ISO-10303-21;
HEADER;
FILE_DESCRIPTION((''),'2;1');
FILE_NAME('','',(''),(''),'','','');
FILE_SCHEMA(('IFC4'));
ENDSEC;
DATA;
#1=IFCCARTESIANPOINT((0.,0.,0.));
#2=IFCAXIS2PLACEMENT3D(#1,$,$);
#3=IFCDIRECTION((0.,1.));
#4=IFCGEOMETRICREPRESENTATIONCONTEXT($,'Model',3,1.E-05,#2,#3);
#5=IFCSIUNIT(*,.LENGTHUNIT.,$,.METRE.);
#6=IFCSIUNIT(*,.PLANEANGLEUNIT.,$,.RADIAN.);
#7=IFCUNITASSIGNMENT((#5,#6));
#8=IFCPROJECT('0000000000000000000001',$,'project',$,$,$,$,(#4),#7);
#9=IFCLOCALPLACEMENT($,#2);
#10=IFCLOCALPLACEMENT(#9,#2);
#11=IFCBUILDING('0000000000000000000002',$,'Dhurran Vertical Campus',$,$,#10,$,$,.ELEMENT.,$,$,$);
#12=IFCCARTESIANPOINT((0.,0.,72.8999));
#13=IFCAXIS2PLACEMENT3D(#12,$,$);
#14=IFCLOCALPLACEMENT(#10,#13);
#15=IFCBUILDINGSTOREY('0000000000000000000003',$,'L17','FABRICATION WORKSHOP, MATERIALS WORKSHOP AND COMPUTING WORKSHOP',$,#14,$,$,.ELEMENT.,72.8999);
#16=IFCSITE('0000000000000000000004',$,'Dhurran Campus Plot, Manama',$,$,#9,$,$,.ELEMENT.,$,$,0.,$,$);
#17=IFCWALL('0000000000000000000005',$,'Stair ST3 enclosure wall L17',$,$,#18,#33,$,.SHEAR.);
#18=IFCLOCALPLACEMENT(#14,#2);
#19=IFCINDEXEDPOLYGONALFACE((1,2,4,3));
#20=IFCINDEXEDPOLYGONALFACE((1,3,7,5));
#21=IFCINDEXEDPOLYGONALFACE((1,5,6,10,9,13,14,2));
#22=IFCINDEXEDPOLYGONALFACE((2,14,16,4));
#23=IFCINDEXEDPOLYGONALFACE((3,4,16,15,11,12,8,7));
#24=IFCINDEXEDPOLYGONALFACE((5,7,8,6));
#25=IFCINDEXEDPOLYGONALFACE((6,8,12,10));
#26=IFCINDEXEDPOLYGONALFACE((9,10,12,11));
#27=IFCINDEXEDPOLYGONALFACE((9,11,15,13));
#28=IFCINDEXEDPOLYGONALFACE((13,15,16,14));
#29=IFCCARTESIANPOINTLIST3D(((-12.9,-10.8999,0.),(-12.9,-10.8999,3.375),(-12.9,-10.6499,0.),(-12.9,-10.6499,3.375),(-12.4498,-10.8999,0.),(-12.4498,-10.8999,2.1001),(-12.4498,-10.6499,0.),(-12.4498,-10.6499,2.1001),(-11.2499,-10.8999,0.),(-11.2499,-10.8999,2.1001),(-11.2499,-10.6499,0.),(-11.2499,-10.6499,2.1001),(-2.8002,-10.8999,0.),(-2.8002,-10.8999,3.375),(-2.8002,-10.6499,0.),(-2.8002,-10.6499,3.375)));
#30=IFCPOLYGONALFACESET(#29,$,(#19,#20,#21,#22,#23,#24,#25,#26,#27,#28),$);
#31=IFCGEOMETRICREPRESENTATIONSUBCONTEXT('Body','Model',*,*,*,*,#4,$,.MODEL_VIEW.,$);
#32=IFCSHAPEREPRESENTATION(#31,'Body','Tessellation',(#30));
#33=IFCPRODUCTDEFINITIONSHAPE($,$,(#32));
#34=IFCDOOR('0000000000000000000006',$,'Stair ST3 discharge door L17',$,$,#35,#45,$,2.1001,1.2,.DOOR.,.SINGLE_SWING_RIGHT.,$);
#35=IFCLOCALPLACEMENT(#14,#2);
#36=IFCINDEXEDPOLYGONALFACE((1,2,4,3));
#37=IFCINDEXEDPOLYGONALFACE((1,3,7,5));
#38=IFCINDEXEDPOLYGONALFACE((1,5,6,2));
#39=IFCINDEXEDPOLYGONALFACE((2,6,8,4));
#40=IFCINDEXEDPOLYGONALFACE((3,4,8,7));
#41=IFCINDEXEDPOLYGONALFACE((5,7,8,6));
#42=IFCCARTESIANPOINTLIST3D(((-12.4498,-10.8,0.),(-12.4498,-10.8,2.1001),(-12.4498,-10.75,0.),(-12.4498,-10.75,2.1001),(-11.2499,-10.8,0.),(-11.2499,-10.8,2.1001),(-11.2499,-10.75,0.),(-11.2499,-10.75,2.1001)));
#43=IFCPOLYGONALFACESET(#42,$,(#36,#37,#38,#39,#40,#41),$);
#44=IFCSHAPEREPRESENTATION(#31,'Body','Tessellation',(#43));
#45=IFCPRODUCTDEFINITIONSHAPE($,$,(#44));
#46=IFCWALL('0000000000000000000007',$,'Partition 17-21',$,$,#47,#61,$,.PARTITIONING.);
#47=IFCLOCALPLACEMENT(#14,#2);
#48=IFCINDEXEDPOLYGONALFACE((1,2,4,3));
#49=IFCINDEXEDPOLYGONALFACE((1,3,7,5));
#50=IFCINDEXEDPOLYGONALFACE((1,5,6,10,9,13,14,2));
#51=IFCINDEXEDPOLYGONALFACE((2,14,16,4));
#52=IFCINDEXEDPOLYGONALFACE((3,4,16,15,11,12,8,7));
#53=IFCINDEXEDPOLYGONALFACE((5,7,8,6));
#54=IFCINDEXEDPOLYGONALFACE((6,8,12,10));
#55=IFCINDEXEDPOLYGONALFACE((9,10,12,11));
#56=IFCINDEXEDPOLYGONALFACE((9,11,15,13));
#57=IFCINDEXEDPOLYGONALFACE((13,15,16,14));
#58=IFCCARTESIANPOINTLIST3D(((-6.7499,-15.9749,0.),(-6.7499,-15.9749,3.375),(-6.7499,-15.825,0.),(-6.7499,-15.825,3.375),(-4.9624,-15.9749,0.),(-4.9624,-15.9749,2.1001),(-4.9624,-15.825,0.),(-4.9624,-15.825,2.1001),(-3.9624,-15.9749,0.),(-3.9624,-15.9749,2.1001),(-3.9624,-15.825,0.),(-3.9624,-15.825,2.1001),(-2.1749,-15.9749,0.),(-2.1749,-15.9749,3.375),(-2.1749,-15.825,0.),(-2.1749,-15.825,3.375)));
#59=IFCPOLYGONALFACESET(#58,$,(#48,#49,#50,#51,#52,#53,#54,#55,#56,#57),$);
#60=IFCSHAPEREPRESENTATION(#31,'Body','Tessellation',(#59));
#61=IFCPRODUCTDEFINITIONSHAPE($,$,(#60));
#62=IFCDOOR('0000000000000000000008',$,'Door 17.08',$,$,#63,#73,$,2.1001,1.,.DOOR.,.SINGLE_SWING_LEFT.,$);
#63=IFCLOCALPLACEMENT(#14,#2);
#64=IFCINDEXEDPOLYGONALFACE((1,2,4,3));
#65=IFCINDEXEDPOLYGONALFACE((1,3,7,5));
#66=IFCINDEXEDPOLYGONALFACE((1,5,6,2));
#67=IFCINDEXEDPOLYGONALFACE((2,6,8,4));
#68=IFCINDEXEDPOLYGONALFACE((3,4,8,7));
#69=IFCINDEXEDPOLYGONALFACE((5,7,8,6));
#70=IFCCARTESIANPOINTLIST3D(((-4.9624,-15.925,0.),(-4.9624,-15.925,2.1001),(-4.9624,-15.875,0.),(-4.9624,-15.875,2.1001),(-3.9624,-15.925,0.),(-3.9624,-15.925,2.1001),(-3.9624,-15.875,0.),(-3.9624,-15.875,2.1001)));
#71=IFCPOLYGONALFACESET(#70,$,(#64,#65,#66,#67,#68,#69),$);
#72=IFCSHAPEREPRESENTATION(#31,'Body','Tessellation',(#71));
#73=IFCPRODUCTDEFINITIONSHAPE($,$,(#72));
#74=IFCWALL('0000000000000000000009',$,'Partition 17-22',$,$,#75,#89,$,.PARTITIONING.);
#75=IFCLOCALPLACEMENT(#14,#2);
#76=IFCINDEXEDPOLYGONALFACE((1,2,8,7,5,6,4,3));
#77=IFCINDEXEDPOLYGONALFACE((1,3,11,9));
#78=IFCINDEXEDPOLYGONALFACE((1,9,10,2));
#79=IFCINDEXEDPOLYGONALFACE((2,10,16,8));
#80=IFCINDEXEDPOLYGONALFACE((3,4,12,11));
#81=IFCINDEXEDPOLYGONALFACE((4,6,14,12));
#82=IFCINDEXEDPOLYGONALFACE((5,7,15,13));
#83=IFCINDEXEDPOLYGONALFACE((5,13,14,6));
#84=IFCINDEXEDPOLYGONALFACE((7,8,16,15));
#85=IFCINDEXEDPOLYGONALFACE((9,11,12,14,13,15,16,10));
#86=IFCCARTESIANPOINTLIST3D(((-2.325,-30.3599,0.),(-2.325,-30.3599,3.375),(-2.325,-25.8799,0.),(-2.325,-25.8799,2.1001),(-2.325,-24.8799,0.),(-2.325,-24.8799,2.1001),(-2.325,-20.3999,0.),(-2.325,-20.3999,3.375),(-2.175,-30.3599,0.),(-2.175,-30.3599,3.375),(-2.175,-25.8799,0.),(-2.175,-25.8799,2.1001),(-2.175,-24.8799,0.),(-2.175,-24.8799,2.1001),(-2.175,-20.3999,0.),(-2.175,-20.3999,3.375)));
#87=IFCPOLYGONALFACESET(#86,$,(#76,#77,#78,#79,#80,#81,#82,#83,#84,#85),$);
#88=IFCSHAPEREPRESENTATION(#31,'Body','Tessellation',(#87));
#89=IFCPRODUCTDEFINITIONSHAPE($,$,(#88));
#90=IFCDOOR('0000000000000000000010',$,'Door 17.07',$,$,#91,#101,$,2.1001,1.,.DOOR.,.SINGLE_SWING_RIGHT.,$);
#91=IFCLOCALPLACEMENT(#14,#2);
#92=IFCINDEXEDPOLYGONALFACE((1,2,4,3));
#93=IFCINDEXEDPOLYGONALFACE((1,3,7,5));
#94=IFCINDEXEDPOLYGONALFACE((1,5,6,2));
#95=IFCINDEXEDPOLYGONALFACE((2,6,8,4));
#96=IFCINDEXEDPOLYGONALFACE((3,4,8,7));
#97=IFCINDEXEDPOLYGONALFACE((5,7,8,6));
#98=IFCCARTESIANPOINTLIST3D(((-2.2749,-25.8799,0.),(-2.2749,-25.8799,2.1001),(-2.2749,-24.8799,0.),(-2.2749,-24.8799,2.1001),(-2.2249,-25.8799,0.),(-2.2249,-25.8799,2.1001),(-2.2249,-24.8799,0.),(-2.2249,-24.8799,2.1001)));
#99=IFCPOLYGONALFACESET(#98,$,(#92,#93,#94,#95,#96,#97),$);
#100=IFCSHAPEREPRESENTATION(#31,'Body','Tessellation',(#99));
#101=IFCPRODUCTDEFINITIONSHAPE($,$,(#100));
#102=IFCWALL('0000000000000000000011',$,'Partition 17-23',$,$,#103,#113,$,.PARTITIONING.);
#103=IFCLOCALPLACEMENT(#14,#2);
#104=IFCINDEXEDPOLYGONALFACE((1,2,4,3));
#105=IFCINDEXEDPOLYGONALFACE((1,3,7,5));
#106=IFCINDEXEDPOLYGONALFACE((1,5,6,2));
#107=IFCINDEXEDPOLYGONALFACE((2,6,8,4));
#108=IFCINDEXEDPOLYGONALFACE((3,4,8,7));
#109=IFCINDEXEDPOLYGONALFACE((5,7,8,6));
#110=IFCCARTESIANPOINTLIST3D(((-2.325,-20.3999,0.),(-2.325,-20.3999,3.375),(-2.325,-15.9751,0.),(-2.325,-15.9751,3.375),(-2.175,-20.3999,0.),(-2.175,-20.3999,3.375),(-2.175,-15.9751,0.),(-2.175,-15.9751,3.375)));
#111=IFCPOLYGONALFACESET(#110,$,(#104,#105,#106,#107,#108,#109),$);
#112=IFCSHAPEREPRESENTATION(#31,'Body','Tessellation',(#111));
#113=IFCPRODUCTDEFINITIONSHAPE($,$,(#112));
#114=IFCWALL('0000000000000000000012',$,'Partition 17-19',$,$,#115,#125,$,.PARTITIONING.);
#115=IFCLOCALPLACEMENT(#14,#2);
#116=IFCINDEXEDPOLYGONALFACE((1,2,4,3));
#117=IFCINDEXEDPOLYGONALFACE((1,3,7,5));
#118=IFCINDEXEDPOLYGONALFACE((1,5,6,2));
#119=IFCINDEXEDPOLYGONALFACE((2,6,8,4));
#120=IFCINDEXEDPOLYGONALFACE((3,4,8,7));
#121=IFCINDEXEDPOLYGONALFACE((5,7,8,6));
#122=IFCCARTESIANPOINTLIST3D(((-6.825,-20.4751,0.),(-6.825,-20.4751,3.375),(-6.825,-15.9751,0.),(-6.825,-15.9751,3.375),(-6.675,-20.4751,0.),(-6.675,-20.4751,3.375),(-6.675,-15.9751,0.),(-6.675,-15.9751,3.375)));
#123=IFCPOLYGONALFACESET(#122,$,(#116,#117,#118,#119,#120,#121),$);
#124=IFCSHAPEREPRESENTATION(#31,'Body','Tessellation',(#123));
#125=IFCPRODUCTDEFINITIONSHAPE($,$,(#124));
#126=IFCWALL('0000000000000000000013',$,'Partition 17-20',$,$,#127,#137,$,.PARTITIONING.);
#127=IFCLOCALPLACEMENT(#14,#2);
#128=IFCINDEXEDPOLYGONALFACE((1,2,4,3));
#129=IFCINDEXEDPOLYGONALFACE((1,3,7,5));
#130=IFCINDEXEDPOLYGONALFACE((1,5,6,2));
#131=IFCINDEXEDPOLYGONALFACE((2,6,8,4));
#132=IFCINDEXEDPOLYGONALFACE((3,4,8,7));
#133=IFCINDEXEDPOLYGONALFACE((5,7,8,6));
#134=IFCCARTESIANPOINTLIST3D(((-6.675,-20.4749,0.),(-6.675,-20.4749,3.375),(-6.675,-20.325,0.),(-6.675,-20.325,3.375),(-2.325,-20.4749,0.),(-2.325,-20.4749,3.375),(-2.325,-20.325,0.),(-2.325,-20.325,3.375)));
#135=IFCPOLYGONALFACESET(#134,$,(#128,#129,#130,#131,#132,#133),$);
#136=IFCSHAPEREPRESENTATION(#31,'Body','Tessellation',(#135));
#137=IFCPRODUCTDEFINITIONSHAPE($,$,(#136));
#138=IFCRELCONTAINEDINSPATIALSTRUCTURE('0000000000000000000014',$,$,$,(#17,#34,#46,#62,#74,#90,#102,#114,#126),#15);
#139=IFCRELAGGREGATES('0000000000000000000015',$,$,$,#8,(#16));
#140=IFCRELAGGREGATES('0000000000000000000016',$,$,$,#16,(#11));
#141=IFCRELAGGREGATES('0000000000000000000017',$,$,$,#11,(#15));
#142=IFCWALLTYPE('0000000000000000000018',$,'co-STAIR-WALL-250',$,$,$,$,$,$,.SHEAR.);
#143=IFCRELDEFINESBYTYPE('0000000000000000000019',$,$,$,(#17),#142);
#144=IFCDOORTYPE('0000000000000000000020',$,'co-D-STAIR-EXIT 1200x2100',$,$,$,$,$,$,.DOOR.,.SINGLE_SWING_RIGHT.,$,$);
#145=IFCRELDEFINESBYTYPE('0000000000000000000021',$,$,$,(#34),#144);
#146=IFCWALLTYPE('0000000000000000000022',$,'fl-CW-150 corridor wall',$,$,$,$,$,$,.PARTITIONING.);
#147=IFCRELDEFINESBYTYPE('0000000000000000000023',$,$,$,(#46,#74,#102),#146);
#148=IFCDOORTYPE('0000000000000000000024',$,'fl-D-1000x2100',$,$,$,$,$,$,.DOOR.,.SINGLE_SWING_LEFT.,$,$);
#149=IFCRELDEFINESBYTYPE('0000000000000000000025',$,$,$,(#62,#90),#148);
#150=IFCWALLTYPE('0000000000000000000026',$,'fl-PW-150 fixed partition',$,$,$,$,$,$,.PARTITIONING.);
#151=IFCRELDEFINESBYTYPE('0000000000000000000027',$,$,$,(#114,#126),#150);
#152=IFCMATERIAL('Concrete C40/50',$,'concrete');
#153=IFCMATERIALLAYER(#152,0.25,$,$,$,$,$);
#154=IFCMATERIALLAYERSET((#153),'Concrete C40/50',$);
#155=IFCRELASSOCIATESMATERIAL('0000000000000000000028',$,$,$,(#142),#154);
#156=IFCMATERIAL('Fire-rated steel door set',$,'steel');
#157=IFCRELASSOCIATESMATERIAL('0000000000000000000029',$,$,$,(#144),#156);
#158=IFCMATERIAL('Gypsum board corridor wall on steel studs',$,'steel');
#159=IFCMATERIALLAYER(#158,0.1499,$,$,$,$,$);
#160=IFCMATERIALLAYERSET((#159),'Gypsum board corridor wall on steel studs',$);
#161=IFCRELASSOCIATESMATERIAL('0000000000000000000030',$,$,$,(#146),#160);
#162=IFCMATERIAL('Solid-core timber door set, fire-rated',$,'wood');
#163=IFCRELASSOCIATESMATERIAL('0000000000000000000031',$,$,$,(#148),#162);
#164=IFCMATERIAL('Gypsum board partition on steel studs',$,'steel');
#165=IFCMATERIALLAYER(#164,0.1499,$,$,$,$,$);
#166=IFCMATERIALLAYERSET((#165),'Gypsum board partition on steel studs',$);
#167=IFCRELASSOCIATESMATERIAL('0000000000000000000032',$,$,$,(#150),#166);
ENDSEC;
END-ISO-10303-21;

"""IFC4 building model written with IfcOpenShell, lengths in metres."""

from ifc_helpers import new_model, si_unit, direction, frame, frame_2d, origin, place, context, subcontext, project, spatial, rectangle, extrude, material, layer, layer_set, type_object, element, fill, save


model = new_model("IFC4")

# Units and contexts
model_context = context("Model", 3, precision=1e-05, world=origin(), true_north=direction((0.0, 1.0)))
body_context = subcontext(model_context, "Body", "Model", "MODEL_VIEW")
ifc_project = project(units=[si_unit("LENGTHUNIT", "METRE"), si_unit("PLANEANGLEUNIT", "RADIAN")], contexts=[model_context])

# Site, building, storey
site_placement = place(None, origin())
site = spatial("IfcSite", under=ifc_project, at=site_placement, Name="Dhurran Campus Plot, Manama", CompositionType="ELEMENT", RefElevation=0.0)
building_placement = place(site_placement, origin())
building = spatial("IfcBuilding", under=site, at=building_placement, Name="Dhurran Vertical Campus", CompositionType="ELEMENT")
storey_placement = place(building_placement, frame((0.0, 0.0, 72.8999)))
storey = spatial("IfcBuildingStorey", under=building, at=storey_placement, Name="L17", Description="FABRICATION WORKSHOP, MATERIALS WORKSHOP AND COMPUTING WORKSHOP", CompositionType="ELEMENT", Elevation=72.8999)

# Walls, openings, doors
ifc_material_1 = material(Name="Concrete C40/50", Category="concrete")
ifc_layer_1 = layer(ifc_material_1, 0.25)
ifc_layer_set_1 = layer_set([ifc_layer_1], Name="Concrete C40/50")
wall_type_1 = type_object("IfcWallType", Name="co-STAIR-WALL-250", PredefinedType="SHEAR", material=ifc_layer_set_1)
wall_1_placement = place(storey_placement, frame((-12.8999, -10.7749, 0.0), z_axis=(0.0, 0.0, 1.0), x_axis=(1.0, 0.0, 0.0)))
wall_1 = element("IfcWall", 1, at=wall_1_placement, inside=storey, type_object=wall_type_1, Name="Stair ST3 enclosure wall L17", PredefinedType="SHEAR", context=body_context, shape_type="SweptSolid", body=[
    extrude(rectangle(XDim=10.0999, YDim=0.25, at=frame_2d((5.0498, 0.0))), origin(), (0.0, 0.0, 1.0), 3.375),
])
opening_1_placement = place(wall_1_placement, frame((0.45, 0.0, 0.0)))
opening_1 = element("IfcOpeningElement", 2, at=opening_1_placement, cuts=wall_1, PredefinedType="OPENING", context=body_context, shape_type="SweptSolid", body=[
    extrude(rectangle(XDim=1.2, YDim=2.1001, at=frame_2d((0.6001, 1.05))), frame((0.0, 0.135, 0.0), z_axis=(0.0, -1.0, 0.0), x_axis=(1.0, 0.0, 0.0)), (0.0, 0.0, 1.0), 0.27),
])
ifc_material_2 = material(Name="Fire-rated steel door set", Category="steel")
door_type_1 = type_object("IfcDoorType", Name="co-D-STAIR-EXIT 1200x2100", OperationType="SINGLE_SWING_RIGHT", PredefinedType="DOOR", material=ifc_material_2)
door_1_placement = place(opening_1_placement, origin())
door_1 = element("IfcDoor", 3, at=door_1_placement, inside=storey, type_object=door_type_1, Name="Stair ST3 discharge door L17", OperationType="SINGLE_SWING_RIGHT", OverallHeight=2.1001, OverallWidth=1.2, PredefinedType="DOOR", context=body_context, shape_type="SweptSolid", body=[
    extrude(rectangle(XDim=1.2, YDim=2.1001, at=frame_2d((0.6001, 1.05))), frame((0.0, 0.0249, 0.0), z_axis=(0.0, -1.0, 0.0), x_axis=(1.0, 0.0, 0.0)), (0.0, 0.0, 1.0), 0.05),
])
fill(opening_1, door_1)
ifc_material_3 = material(Name="Gypsum board corridor wall on steel studs", Category="steel")
ifc_layer_2 = layer(ifc_material_3, 0.1499)
ifc_layer_set_2 = layer_set([ifc_layer_2], Name="Gypsum board corridor wall on steel studs")
wall_type_2 = type_object("IfcWallType", Name="fl-CW-150 corridor wall", PredefinedType="PARTITIONING", material=ifc_layer_set_2)
wall_2_placement = place(storey_placement, frame((-6.75, -15.8999, 0.0), z_axis=(0.0, 0.0, 1.0), x_axis=(1.0, 0.0, 0.0)))
wall_2 = element("IfcWall", 4, at=wall_2_placement, inside=storey, type_object=wall_type_2, Name="Partition 17-21", PredefinedType="PARTITIONING", context=body_context, shape_type="SweptSolid", body=[
    extrude(rectangle(XDim=4.575, YDim=0.1499, at=frame_2d((2.2876, 0.0))), origin(), (0.0, 0.0, 1.0), 3.375),
])
opening_2_placement = place(wall_2_placement, frame((1.7876, 0.0, 0.0)))
opening_2 = element("IfcOpeningElement", 5, at=opening_2_placement, cuts=wall_2, PredefinedType="OPENING", context=body_context, shape_type="SweptSolid", body=[
    extrude(rectangle(XDim=1.0, YDim=2.1001, at=frame_2d((0.5, 1.05))), frame((0.0, 0.085, 0.0), z_axis=(0.0, -1.0, 0.0), x_axis=(1.0, 0.0, 0.0)), (0.0, 0.0, 1.0), 0.1699),
])
ifc_material_4 = material(Name="Solid-core timber door set, fire-rated", Category="wood")
door_type_2 = type_object("IfcDoorType", Name="fl-D-1000x2100", OperationType="SINGLE_SWING_LEFT", PredefinedType="DOOR", material=ifc_material_4)
door_2_placement = place(opening_2_placement, origin())
door_2 = element("IfcDoor", 6, at=door_2_placement, inside=storey, type_object=door_type_2, Name="Door 17.08", OperationType="SINGLE_SWING_LEFT", OverallHeight=2.1001, OverallWidth=1.0, PredefinedType="DOOR", context=body_context, shape_type="SweptSolid", body=[
    extrude(rectangle(XDim=1.0, YDim=2.1001, at=frame_2d((0.5, 1.05))), frame((0.0, 0.0249, 0.0), z_axis=(0.0, -1.0, 0.0), x_axis=(1.0, 0.0, 0.0)), (0.0, 0.0, 1.0), 0.05),
])
fill(opening_2, door_2)
wall_3_placement = place(storey_placement, frame((-2.25, -30.3599, 0.0), z_axis=(0.0, 0.0, 1.0), x_axis=(0.0, 1.0, 0.0)))
wall_3 = element("IfcWall", 7, at=wall_3_placement, inside=storey, type_object=wall_type_2, Name="Partition 17-22", PredefinedType="PARTITIONING", context=body_context, shape_type="SweptSolid", body=[
    extrude(rectangle(XDim=9.96, YDim=0.1499, at=frame_2d((4.98, 0.0))), origin(), (0.0, 0.0, 1.0), 3.375),
])
opening_3_placement = place(wall_3_placement, frame((4.48, 0.0, 0.0)))
opening_3 = element("IfcOpeningElement", 8, at=opening_3_placement, cuts=wall_3, PredefinedType="OPENING", context=body_context, shape_type="SweptSolid", body=[
    extrude(rectangle(XDim=1.0, YDim=2.1001, at=frame_2d((0.5, 1.05))), frame((0.0, 0.085, 0.0), z_axis=(0.0, -1.0, 0.0), x_axis=(1.0, 0.0, 0.0)), (0.0, 0.0, 1.0), 0.1699),
])
door_3_placement = place(opening_3_placement, origin())
door_3 = element("IfcDoor", 9, at=door_3_placement, inside=storey, type_object=door_type_2, Name="Door 17.07", OperationType="SINGLE_SWING_RIGHT", OverallHeight=2.1001, OverallWidth=1.0, PredefinedType="DOOR", context=body_context, shape_type="SweptSolid", body=[
    extrude(rectangle(XDim=1.0, YDim=2.1001, at=frame_2d((0.5, 1.05))), frame((0.0, 0.0249, 0.0), z_axis=(0.0, -1.0, 0.0), x_axis=(1.0, 0.0, 0.0)), (0.0, 0.0, 1.0), 0.05),
])
fill(opening_3, door_3)

# Walls
wall_4_placement = place(storey_placement, frame((-2.25, -20.3999, 0.0), z_axis=(0.0, 0.0, 1.0), x_axis=(0.0, 1.0, 0.0)))
element("IfcWall", 10, at=wall_4_placement, inside=storey, type_object=wall_type_2, Name="Partition 17-23", PredefinedType="PARTITIONING", context=body_context, shape_type="SweptSolid", body=[
    extrude(rectangle(XDim=4.4248, YDim=0.1499, at=frame_2d((2.2124, 0.0))), origin(), (0.0, 0.0, 1.0), 3.375),
])
ifc_material_5 = material(Name="Gypsum board partition on steel studs", Category="steel")
ifc_layer_3 = layer(ifc_material_5, 0.1499)
ifc_layer_set_3 = layer_set([ifc_layer_3], Name="Gypsum board partition on steel studs")
wall_type_3 = type_object("IfcWallType", Name="fl-PW-150 fixed partition", PredefinedType="PARTITIONING", material=ifc_layer_set_3)
wall_5_placement = place(storey_placement, frame((-6.75, -15.9751, 0.0), z_axis=(0.0, 0.0, 1.0), x_axis=(0.0, -1.0, 0.0)))
element("IfcWall", 11, at=wall_5_placement, inside=storey, type_object=wall_type_3, Name="Partition 17-19", PredefinedType="PARTITIONING", context=body_context, shape_type="SweptSolid", body=[
    extrude(rectangle(XDim=4.5, YDim=0.1499, at=frame_2d((2.25, 0.0))), origin(), (0.0, 0.0, 1.0), 3.375),
])
wall_6_placement = place(storey_placement, frame((-6.675, -20.3999, 0.0), z_axis=(0.0, 0.0, 1.0), x_axis=(1.0, 0.0, 0.0)))
element("IfcWall", 12, at=wall_6_placement, inside=storey, type_object=wall_type_3, Name="Partition 17-20", PredefinedType="PARTITIONING", context=body_context, shape_type="SweptSolid", body=[
    extrude(rectangle(XDim=4.3501, YDim=0.1499, at=frame_2d((2.175, 0.0))), origin(), (0.0, 0.0, 1.0), 3.375),
])

save(model, "model.ifc")
